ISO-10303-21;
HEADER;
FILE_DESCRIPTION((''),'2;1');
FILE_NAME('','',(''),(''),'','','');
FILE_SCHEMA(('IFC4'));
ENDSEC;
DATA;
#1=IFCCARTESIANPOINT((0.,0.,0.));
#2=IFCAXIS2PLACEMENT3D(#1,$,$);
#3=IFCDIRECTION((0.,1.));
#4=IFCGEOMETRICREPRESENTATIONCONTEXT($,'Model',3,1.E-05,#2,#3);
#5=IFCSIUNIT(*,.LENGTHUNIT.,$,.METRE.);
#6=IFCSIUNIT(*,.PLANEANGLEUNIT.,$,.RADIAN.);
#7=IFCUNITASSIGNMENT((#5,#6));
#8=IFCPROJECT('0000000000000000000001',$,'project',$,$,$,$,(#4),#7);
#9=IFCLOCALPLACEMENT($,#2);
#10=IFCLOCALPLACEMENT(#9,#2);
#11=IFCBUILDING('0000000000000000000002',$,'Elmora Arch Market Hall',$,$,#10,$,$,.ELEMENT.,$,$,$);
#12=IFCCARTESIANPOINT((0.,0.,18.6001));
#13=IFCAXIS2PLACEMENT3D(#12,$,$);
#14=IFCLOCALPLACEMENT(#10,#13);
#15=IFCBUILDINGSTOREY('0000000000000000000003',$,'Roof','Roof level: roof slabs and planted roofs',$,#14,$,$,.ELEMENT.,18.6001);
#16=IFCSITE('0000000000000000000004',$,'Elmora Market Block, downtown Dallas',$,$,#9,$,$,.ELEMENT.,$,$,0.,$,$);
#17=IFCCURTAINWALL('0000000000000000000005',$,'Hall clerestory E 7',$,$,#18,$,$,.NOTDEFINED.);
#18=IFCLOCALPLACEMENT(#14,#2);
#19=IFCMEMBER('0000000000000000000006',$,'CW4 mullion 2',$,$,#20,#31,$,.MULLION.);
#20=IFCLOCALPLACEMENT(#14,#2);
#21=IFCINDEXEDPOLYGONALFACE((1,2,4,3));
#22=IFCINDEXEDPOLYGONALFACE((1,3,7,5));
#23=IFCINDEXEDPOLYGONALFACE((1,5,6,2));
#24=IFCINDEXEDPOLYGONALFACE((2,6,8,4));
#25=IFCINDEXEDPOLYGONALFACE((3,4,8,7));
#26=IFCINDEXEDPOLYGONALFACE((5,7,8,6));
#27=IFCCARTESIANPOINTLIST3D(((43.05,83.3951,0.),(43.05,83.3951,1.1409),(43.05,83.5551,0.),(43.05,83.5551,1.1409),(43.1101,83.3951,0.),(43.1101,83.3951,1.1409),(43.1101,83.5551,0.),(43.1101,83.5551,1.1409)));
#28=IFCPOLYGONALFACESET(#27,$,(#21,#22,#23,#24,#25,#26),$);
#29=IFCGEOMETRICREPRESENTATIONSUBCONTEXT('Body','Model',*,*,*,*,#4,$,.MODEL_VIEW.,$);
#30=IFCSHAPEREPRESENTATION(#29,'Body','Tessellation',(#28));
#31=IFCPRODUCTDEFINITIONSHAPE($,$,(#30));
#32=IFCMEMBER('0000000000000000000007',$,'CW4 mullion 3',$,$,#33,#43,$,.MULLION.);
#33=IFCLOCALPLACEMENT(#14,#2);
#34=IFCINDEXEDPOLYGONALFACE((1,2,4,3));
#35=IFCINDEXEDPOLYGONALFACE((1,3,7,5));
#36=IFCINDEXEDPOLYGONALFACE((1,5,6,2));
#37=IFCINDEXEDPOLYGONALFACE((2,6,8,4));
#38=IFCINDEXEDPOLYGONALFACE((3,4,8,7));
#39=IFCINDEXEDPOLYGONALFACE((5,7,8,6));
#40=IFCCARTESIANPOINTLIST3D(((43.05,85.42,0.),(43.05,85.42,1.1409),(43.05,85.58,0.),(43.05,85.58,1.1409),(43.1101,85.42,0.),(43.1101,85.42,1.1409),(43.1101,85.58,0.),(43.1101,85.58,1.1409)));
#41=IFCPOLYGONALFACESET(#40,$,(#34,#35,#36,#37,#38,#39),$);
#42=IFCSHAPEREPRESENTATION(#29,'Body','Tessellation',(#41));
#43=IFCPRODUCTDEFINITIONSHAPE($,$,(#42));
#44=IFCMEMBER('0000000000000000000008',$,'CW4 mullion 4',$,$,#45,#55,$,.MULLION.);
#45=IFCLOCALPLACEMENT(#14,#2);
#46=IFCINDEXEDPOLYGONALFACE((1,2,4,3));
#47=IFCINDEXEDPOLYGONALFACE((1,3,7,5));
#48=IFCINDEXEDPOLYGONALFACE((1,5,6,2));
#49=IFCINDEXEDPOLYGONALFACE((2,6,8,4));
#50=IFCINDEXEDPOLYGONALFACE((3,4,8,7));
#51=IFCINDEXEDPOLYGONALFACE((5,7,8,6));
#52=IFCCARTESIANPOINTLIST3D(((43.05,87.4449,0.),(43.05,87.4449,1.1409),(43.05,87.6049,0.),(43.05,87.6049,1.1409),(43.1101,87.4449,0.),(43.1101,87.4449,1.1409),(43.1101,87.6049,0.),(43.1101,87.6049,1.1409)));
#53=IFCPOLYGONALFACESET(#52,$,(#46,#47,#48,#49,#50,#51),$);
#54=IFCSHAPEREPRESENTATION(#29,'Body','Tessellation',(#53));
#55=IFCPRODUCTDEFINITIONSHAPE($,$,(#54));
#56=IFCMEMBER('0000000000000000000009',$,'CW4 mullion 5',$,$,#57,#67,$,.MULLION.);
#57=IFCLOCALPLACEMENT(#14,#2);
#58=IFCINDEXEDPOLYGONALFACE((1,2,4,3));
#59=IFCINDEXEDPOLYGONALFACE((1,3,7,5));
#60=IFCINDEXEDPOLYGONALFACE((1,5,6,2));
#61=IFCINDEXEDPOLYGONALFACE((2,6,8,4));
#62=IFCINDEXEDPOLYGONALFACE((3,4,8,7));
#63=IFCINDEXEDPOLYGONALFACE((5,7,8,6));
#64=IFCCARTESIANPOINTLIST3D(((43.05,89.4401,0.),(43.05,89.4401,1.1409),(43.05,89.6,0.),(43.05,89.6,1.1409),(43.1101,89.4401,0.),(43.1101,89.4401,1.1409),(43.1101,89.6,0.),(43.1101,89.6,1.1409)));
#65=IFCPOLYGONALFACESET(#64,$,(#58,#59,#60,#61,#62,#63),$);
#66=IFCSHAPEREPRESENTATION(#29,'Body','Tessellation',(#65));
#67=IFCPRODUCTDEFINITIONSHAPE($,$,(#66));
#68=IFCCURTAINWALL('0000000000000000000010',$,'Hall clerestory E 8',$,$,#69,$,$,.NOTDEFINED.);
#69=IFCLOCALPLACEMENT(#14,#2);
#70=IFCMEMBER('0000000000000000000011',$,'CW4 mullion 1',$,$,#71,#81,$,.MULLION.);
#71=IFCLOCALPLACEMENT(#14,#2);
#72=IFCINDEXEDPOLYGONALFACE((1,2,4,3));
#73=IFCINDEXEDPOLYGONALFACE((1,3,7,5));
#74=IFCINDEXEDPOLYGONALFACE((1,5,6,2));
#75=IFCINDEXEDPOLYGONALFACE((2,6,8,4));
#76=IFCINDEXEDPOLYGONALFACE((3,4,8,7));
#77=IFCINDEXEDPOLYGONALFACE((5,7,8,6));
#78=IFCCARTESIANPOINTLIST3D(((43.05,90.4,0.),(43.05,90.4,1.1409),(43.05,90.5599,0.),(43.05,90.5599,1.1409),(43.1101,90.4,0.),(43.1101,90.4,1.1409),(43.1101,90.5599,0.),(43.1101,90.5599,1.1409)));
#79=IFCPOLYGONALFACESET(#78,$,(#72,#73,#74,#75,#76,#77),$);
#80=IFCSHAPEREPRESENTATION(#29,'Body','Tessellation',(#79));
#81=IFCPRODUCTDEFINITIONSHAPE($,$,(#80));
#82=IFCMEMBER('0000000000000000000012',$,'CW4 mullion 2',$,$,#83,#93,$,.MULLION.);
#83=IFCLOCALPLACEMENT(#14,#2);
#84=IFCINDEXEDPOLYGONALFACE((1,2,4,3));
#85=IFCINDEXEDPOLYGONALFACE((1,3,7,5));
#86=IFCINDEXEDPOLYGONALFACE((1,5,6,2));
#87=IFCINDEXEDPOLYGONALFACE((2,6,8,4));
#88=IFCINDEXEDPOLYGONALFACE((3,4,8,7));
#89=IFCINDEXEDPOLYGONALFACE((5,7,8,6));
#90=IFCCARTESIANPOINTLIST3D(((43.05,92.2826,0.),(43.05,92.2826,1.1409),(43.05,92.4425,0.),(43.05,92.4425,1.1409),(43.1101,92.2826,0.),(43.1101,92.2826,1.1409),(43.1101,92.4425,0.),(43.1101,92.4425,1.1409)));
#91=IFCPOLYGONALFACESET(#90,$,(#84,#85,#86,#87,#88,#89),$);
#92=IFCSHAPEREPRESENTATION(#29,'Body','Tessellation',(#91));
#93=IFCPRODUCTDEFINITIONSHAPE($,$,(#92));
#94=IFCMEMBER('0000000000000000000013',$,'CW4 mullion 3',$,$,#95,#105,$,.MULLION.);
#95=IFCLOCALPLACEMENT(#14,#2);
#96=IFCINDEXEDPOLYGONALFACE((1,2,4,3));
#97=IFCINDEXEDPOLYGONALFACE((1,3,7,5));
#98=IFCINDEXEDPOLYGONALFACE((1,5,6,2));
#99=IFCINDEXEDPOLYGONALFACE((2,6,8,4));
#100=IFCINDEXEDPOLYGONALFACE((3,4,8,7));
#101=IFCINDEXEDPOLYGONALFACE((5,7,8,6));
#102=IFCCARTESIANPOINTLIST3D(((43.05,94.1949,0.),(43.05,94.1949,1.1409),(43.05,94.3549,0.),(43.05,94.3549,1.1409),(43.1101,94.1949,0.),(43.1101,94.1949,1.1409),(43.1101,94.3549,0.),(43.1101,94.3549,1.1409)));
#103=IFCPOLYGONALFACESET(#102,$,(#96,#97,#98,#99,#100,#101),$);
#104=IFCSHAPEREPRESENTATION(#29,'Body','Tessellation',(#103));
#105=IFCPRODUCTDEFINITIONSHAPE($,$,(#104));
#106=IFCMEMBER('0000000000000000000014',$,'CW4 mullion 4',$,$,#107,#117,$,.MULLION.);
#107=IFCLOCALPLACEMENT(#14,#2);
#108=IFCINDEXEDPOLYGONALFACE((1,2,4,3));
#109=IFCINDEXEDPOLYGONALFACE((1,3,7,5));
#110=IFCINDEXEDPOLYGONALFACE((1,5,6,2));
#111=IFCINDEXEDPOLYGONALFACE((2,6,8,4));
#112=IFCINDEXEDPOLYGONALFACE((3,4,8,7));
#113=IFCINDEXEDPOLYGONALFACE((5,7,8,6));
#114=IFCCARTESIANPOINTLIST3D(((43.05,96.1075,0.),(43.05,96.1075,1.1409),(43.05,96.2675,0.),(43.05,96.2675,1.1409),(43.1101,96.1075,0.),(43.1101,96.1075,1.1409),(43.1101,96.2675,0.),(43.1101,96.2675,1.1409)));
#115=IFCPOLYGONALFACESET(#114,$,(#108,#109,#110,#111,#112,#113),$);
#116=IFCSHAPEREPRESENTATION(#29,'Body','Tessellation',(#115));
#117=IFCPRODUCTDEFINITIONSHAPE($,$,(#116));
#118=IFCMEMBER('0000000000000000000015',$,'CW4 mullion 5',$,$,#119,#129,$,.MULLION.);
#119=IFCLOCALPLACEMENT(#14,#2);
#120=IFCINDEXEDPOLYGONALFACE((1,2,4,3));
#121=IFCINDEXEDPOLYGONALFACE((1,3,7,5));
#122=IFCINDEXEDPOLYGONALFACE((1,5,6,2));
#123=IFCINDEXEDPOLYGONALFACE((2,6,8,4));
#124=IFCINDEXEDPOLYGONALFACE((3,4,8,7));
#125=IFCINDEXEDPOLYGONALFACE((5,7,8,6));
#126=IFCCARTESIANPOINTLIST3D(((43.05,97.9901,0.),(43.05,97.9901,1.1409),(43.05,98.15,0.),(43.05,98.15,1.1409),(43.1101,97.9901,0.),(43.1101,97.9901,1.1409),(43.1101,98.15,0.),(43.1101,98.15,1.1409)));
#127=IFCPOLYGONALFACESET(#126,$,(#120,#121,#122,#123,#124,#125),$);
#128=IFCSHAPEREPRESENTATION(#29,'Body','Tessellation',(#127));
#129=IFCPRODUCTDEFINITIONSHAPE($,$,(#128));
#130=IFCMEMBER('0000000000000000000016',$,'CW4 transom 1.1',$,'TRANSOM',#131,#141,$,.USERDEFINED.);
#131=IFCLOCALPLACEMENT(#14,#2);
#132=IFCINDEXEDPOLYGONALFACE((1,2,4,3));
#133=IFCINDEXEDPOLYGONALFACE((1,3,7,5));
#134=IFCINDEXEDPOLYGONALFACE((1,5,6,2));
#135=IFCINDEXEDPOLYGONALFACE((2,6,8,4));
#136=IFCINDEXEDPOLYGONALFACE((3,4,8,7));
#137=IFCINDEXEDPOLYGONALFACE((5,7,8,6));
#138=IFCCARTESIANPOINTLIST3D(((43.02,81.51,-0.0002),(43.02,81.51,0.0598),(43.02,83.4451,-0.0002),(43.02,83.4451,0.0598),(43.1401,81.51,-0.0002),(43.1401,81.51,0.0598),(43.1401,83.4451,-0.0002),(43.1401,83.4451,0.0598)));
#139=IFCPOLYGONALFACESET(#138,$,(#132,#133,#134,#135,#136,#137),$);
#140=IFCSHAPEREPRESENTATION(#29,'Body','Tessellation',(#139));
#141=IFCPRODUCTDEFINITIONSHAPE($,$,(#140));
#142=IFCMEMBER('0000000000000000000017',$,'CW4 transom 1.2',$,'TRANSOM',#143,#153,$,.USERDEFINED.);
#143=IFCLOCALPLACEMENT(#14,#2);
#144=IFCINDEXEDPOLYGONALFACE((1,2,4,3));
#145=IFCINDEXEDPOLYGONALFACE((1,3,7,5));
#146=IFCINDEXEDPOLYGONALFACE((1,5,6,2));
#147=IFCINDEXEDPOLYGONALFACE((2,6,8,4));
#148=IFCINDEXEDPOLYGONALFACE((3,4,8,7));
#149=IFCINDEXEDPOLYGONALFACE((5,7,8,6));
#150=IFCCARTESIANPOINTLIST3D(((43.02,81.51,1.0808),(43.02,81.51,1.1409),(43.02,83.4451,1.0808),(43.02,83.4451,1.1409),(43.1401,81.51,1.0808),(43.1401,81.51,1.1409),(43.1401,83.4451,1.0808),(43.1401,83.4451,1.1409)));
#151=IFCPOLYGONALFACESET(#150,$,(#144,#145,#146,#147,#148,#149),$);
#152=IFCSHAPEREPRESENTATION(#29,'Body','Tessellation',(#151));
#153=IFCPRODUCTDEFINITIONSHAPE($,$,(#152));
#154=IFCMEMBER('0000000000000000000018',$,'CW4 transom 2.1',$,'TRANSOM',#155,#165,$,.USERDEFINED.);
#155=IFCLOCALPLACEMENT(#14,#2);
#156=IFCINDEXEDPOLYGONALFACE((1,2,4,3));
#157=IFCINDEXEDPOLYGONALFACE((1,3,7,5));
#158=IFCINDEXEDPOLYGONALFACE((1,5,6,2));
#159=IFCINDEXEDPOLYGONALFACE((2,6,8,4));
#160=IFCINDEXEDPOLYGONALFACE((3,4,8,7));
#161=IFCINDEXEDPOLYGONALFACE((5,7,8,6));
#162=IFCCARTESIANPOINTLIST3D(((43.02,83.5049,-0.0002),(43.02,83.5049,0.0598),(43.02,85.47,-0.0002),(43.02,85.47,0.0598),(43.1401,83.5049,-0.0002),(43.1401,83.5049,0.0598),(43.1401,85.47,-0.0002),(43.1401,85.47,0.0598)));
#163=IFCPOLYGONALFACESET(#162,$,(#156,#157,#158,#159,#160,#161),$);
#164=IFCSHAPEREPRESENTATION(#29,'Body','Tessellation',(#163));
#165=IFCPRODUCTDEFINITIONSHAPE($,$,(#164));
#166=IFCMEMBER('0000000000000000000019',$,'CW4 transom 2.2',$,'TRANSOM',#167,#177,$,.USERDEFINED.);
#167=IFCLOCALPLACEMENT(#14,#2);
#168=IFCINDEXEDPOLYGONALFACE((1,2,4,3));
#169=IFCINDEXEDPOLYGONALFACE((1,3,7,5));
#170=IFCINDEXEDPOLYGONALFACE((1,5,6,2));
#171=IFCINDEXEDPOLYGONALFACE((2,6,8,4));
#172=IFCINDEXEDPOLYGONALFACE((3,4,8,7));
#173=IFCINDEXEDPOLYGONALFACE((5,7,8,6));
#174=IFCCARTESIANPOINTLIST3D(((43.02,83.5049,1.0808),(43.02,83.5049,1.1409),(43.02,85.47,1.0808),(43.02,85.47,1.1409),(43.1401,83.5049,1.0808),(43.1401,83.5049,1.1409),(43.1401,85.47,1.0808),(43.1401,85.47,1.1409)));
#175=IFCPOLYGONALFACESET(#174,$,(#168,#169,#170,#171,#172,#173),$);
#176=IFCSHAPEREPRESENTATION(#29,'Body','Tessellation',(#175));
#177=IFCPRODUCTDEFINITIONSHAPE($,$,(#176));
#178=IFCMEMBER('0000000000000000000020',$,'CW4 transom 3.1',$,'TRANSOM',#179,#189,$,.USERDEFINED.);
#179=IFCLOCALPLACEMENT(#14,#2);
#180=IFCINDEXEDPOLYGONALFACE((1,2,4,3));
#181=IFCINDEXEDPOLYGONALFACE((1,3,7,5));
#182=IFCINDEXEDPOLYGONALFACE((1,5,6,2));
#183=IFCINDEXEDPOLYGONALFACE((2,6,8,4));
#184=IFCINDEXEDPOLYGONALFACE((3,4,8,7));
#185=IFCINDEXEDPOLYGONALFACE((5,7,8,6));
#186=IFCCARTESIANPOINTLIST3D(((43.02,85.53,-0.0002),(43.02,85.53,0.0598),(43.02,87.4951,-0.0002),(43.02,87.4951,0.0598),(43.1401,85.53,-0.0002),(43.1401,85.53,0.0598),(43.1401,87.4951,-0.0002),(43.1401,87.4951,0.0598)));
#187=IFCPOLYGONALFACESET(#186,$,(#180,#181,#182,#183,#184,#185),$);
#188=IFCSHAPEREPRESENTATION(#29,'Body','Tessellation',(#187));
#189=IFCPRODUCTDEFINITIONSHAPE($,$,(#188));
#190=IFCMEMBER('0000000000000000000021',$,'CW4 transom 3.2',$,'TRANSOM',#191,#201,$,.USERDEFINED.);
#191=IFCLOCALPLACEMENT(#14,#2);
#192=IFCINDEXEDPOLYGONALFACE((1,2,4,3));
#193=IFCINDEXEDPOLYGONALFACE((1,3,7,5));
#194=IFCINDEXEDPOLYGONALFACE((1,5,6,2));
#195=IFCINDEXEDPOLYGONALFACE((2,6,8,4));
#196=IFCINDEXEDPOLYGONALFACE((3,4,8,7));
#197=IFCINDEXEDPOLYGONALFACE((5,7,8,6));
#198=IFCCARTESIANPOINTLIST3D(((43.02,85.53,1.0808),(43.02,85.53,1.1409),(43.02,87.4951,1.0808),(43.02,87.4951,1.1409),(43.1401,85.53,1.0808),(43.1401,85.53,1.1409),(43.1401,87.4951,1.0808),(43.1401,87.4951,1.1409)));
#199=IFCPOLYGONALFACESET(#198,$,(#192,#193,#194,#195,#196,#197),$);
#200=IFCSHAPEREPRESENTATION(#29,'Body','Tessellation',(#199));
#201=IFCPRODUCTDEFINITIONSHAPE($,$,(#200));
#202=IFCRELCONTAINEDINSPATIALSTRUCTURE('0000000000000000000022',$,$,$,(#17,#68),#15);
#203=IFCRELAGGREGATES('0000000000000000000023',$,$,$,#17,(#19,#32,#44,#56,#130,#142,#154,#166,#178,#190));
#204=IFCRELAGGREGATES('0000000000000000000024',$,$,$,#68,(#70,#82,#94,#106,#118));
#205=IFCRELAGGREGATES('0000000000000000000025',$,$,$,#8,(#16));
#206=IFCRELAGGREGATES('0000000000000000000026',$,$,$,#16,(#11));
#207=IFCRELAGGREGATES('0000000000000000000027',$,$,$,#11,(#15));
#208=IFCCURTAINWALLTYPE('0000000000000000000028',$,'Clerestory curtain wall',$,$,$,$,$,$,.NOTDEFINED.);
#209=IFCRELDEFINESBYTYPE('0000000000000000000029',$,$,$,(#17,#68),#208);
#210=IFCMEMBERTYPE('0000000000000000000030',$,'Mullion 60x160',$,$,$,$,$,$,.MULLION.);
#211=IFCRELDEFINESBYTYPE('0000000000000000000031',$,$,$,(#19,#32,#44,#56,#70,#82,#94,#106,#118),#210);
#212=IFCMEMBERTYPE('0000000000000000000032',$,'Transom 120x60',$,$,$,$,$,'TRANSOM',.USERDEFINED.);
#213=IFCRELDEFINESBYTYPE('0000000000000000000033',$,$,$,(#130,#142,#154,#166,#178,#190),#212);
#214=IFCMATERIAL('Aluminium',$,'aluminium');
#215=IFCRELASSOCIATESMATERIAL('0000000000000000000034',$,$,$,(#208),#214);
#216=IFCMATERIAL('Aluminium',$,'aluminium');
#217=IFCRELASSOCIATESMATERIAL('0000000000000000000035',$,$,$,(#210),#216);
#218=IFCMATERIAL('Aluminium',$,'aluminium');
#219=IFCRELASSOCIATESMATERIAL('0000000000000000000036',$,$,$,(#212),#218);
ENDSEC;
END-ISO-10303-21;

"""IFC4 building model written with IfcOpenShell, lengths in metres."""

from ifc_helpers import new_model, si_unit, direction, frame, origin, origin_2d, place, context, subcontext, project, spatial, rectangle, extrude, material, material_profile, profile_set, type_object, element, aggregate, save


model = new_model("IFC4")

# Units and contexts
model_context = context("Model", 3, precision=1e-05, world=origin(), true_north=direction((0.0, 1.0)))
body_context = subcontext(model_context, "Body", "Model", "MODEL_VIEW")
ifc_project = project(units=[si_unit("LENGTHUNIT", "METRE"), si_unit("PLANEANGLEUNIT", "RADIAN")], contexts=[model_context])

# Site, building, storey
site_placement = place(None, origin())
site = spatial("IfcSite", under=ifc_project, at=site_placement, Name="Elmora Market Block, downtown Dallas", CompositionType="ELEMENT", RefElevation=0.0)
building_placement = place(site_placement, origin())
building = spatial("IfcBuilding", under=site, at=building_placement, Name="Elmora Arch Market Hall", CompositionType="ELEMENT")
storey_placement = place(building_placement, frame((0.0, 0.0, 18.6001)))
storey = spatial("IfcBuildingStorey", under=building, at=storey_placement, Name="Roof", Description="Roof level: roof slabs and planted roofs", CompositionType="ELEMENT", Elevation=18.6001)

# Curtain walls, members
ifc_material_1 = material(Name="Aluminium", Category="aluminium")
curtain_wall_type = type_object("IfcCurtainWallType", Name="Clerestory curtain wall", PredefinedType="NOTDEFINED", material=ifc_material_1)
curtain_wall_1_placement = place(storey_placement, origin())
curtain_wall_1 = element("IfcCurtainWall", 1, at=curtain_wall_1_placement, inside=storey, type_object=curtain_wall_type, Name="Hall clerestory E 7", PredefinedType="NOTDEFINED")
ifc_material_2 = material(Name="Aluminium", Category="aluminium")
ifc_material_profile_1 = material_profile(ifc_material_2, rectangle(XDim=0.0601, YDim=0.1599, at=origin_2d()), Name="AL 60x160")
ifc_profile_set_1 = profile_set([ifc_material_profile_1], Name="Aluminium")
member_type_1 = type_object("IfcMemberType", Name="Mullion 60x160", PredefinedType="MULLION", material=ifc_profile_set_1)
member_1_placement = place(storey_placement, frame((43.0801, 83.4751, 0.0), z_axis=(0.0, 0.0, 1.0), x_axis=(-1.0, 0.0, 0.0)))
member_1 = element("IfcMember", 2, at=member_1_placement, type_object=member_type_1, Name="CW4 mullion 2", PredefinedType="MULLION", context=body_context, shape_type="SweptSolid", body=[
    extrude(rectangle(XDim=0.0601, YDim=0.1599, at=origin_2d()), origin(), (0.0, 0.0, 1.0), 1.1409),
])
member_2_placement = place(storey_placement, frame((43.0801, 85.5, 0.0), z_axis=(0.0, 0.0, 1.0), x_axis=(-1.0, 0.0, 0.0)))
member_2 = element("IfcMember", 3, at=member_2_placement, type_object=member_type_1, Name="CW4 mullion 3", PredefinedType="MULLION", context=body_context, shape_type="SweptSolid", body=[
    extrude(rectangle(XDim=0.0601, YDim=0.1599, at=origin_2d()), origin(), (0.0, 0.0, 1.0), 1.1409),
])
member_3_placement = place(storey_placement, frame((43.0801, 87.5249, 0.0), z_axis=(0.0, 0.0, 1.0), x_axis=(-1.0, 0.0, 0.0)))
member_3 = element("IfcMember", 4, at=member_3_placement, type_object=member_type_1, Name="CW4 mullion 4", PredefinedType="MULLION", context=body_context, shape_type="SweptSolid", body=[
    extrude(rectangle(XDim=0.0601, YDim=0.1599, at=origin_2d()), origin(), (0.0, 0.0, 1.0), 1.1409),
])
member_4_placement = place(storey_placement, frame((43.0801, 89.52, 0.0), z_axis=(0.0, 0.0, 1.0), x_axis=(-1.0, 0.0, 0.0)))
member_4 = element("IfcMember", 5, at=member_4_placement, type_object=member_type_1, Name="CW4 mullion 5", PredefinedType="MULLION", context=body_context, shape_type="SweptSolid", body=[
    extrude(rectangle(XDim=0.0601, YDim=0.1599, at=origin_2d()), origin(), (0.0, 0.0, 1.0), 1.1409),
])
curtain_wall_2_placement = place(storey_placement, origin())
curtain_wall_2 = element("IfcCurtainWall", 6, at=curtain_wall_2_placement, inside=storey, type_object=curtain_wall_type, Name="Hall clerestory E 8", PredefinedType="NOTDEFINED")
member_5_placement = place(storey_placement, frame((43.0801, 90.48, 0.0), z_axis=(0.0, 0.0, 1.0), x_axis=(-1.0, 0.0, 0.0)))
member_5 = element("IfcMember", 7, at=member_5_placement, type_object=member_type_1, Name="CW4 mullion 1", PredefinedType="MULLION", context=body_context, shape_type="SweptSolid", body=[
    extrude(rectangle(XDim=0.0601, YDim=0.1599, at=origin_2d()), origin(), (0.0, 0.0, 1.0), 1.1409),
])
member_6_placement = place(storey_placement, frame((43.0801, 92.3625, 0.0), z_axis=(0.0, 0.0, 1.0), x_axis=(-1.0, 0.0, 0.0)))
member_6 = element("IfcMember", 8, at=member_6_placement, type_object=member_type_1, Name="CW4 mullion 2", PredefinedType="MULLION", context=body_context, shape_type="SweptSolid", body=[
    extrude(rectangle(XDim=0.0601, YDim=0.1599, at=origin_2d()), origin(), (0.0, 0.0, 1.0), 1.1409),
])
member_7_placement = place(storey_placement, frame((43.0801, 94.2749, 0.0), z_axis=(0.0, 0.0, 1.0), x_axis=(-1.0, 0.0, 0.0)))
member_7 = element("IfcMember", 9, at=member_7_placement, type_object=member_type_1, Name="CW4 mullion 3", PredefinedType="MULLION", context=body_context, shape_type="SweptSolid", body=[
    extrude(rectangle(XDim=0.0601, YDim=0.1599, at=origin_2d()), origin(), (0.0, 0.0, 1.0), 1.1409),
])
member_8_placement = place(storey_placement, frame((43.0801, 96.1875, 0.0), z_axis=(0.0, 0.0, 1.0), x_axis=(-1.0, 0.0, 0.0)))
member_8 = element("IfcMember", 10, at=member_8_placement, type_object=member_type_1, Name="CW4 mullion 4", PredefinedType="MULLION", context=body_context, shape_type="SweptSolid", body=[
    extrude(rectangle(XDim=0.0601, YDim=0.1599, at=origin_2d()), origin(), (0.0, 0.0, 1.0), 1.1409),
])
member_9_placement = place(storey_placement, frame((43.0801, 98.0701, 0.0), z_axis=(0.0, 0.0, 1.0), x_axis=(-1.0, 0.0, 0.0)))
member_9 = element("IfcMember", 11, at=member_9_placement, type_object=member_type_1, Name="CW4 mullion 5", PredefinedType="MULLION", context=body_context, shape_type="SweptSolid", body=[
    extrude(rectangle(XDim=0.0601, YDim=0.1599, at=origin_2d()), origin(), (0.0, 0.0, 1.0), 1.1409),
])

# Members
ifc_material_3 = material(Name="Aluminium", Category="aluminium")
ifc_material_profile_2 = material_profile(ifc_material_3, rectangle(XDim=0.1201, YDim=0.0601, at=origin_2d()), Name="AL 120x60")
ifc_profile_set_2 = profile_set([ifc_material_profile_2], Name="Aluminium")
member_type_2 = type_object("IfcMemberType", Name="Transom 120x60", ElementType="TRANSOM", PredefinedType="USERDEFINED", material=ifc_profile_set_2)
member_10_placement = place(storey_placement, frame((43.0801, 81.51, 0.0298), z_axis=(0.0, 1.0, 0.0), x_axis=(-1.0, 0.0, 0.0)))
member_10 = element("IfcMember", 12, at=member_10_placement, type_object=member_type_2, Name="CW4 transom 1.1", ObjectType="TRANSOM", PredefinedType="USERDEFINED", context=body_context, shape_type="SweptSolid", body=[
    extrude(rectangle(XDim=0.1201, YDim=0.0601, at=origin_2d()), origin(), (0.0, 0.0, 1.0), 1.9351),
])
member_11_placement = place(storey_placement, frame((43.0801, 81.51, 1.1108), z_axis=(0.0, 1.0, 0.0), x_axis=(-1.0, 0.0, 0.0)))
member_11 = element("IfcMember", 13, at=member_11_placement, type_object=member_type_2, Name="CW4 transom 1.2", ObjectType="TRANSOM", PredefinedType="USERDEFINED", context=body_context, shape_type="SweptSolid", body=[
    extrude(rectangle(XDim=0.1201, YDim=0.0601, at=origin_2d()), origin(), (0.0, 0.0, 1.0), 1.9351),
])
member_12_placement = place(storey_placement, frame((43.0801, 83.5049, 0.0298), z_axis=(0.0, 1.0, 0.0), x_axis=(-1.0, 0.0, 0.0)))
member_12 = element("IfcMember", 14, at=member_12_placement, type_object=member_type_2, Name="CW4 transom 2.1", ObjectType="TRANSOM", PredefinedType="USERDEFINED", context=body_context, shape_type="SweptSolid", body=[
    extrude(rectangle(XDim=0.1201, YDim=0.0601, at=origin_2d()), origin(), (0.0, 0.0, 1.0), 1.9651),
])
member_13_placement = place(storey_placement, frame((43.0801, 83.5049, 1.1108), z_axis=(0.0, 1.0, 0.0), x_axis=(-1.0, 0.0, 0.0)))
member_13 = element("IfcMember", 15, at=member_13_placement, type_object=member_type_2, Name="CW4 transom 2.2", ObjectType="TRANSOM", PredefinedType="USERDEFINED", context=body_context, shape_type="SweptSolid", body=[
    extrude(rectangle(XDim=0.1201, YDim=0.0601, at=origin_2d()), origin(), (0.0, 0.0, 1.0), 1.9651),
])
member_14_placement = place(storey_placement, frame((43.0801, 85.53, 0.0298), z_axis=(0.0, 1.0, 0.0), x_axis=(-1.0, 0.0, 0.0)))
member_14 = element("IfcMember", 16, at=member_14_placement, type_object=member_type_2, Name="CW4 transom 3.1", ObjectType="TRANSOM", PredefinedType="USERDEFINED", context=body_context, shape_type="SweptSolid", body=[
    extrude(rectangle(XDim=0.1201, YDim=0.0601, at=origin_2d()), origin(), (0.0, 0.0, 1.0), 1.9651),
])
member_15_placement = place(storey_placement, frame((43.0801, 85.53, 1.1108), z_axis=(0.0, 1.0, 0.0), x_axis=(-1.0, 0.0, 0.0)))
member_15 = element("IfcMember", 17, at=member_15_placement, type_object=member_type_2, Name="CW4 transom 3.2", ObjectType="TRANSOM", PredefinedType="USERDEFINED", context=body_context, shape_type="SweptSolid", body=[
    extrude(rectangle(XDim=0.1201, YDim=0.0601, at=origin_2d()), origin(), (0.0, 0.0, 1.0), 1.9651),
])

aggregate(curtain_wall_1, [member_1, member_2, member_3, member_4, member_10, member_11, member_12, member_13, member_14, member_15])
aggregate(curtain_wall_2, [member_5, member_6, member_7, member_8, member_9])

save(model, "model.ifc")
